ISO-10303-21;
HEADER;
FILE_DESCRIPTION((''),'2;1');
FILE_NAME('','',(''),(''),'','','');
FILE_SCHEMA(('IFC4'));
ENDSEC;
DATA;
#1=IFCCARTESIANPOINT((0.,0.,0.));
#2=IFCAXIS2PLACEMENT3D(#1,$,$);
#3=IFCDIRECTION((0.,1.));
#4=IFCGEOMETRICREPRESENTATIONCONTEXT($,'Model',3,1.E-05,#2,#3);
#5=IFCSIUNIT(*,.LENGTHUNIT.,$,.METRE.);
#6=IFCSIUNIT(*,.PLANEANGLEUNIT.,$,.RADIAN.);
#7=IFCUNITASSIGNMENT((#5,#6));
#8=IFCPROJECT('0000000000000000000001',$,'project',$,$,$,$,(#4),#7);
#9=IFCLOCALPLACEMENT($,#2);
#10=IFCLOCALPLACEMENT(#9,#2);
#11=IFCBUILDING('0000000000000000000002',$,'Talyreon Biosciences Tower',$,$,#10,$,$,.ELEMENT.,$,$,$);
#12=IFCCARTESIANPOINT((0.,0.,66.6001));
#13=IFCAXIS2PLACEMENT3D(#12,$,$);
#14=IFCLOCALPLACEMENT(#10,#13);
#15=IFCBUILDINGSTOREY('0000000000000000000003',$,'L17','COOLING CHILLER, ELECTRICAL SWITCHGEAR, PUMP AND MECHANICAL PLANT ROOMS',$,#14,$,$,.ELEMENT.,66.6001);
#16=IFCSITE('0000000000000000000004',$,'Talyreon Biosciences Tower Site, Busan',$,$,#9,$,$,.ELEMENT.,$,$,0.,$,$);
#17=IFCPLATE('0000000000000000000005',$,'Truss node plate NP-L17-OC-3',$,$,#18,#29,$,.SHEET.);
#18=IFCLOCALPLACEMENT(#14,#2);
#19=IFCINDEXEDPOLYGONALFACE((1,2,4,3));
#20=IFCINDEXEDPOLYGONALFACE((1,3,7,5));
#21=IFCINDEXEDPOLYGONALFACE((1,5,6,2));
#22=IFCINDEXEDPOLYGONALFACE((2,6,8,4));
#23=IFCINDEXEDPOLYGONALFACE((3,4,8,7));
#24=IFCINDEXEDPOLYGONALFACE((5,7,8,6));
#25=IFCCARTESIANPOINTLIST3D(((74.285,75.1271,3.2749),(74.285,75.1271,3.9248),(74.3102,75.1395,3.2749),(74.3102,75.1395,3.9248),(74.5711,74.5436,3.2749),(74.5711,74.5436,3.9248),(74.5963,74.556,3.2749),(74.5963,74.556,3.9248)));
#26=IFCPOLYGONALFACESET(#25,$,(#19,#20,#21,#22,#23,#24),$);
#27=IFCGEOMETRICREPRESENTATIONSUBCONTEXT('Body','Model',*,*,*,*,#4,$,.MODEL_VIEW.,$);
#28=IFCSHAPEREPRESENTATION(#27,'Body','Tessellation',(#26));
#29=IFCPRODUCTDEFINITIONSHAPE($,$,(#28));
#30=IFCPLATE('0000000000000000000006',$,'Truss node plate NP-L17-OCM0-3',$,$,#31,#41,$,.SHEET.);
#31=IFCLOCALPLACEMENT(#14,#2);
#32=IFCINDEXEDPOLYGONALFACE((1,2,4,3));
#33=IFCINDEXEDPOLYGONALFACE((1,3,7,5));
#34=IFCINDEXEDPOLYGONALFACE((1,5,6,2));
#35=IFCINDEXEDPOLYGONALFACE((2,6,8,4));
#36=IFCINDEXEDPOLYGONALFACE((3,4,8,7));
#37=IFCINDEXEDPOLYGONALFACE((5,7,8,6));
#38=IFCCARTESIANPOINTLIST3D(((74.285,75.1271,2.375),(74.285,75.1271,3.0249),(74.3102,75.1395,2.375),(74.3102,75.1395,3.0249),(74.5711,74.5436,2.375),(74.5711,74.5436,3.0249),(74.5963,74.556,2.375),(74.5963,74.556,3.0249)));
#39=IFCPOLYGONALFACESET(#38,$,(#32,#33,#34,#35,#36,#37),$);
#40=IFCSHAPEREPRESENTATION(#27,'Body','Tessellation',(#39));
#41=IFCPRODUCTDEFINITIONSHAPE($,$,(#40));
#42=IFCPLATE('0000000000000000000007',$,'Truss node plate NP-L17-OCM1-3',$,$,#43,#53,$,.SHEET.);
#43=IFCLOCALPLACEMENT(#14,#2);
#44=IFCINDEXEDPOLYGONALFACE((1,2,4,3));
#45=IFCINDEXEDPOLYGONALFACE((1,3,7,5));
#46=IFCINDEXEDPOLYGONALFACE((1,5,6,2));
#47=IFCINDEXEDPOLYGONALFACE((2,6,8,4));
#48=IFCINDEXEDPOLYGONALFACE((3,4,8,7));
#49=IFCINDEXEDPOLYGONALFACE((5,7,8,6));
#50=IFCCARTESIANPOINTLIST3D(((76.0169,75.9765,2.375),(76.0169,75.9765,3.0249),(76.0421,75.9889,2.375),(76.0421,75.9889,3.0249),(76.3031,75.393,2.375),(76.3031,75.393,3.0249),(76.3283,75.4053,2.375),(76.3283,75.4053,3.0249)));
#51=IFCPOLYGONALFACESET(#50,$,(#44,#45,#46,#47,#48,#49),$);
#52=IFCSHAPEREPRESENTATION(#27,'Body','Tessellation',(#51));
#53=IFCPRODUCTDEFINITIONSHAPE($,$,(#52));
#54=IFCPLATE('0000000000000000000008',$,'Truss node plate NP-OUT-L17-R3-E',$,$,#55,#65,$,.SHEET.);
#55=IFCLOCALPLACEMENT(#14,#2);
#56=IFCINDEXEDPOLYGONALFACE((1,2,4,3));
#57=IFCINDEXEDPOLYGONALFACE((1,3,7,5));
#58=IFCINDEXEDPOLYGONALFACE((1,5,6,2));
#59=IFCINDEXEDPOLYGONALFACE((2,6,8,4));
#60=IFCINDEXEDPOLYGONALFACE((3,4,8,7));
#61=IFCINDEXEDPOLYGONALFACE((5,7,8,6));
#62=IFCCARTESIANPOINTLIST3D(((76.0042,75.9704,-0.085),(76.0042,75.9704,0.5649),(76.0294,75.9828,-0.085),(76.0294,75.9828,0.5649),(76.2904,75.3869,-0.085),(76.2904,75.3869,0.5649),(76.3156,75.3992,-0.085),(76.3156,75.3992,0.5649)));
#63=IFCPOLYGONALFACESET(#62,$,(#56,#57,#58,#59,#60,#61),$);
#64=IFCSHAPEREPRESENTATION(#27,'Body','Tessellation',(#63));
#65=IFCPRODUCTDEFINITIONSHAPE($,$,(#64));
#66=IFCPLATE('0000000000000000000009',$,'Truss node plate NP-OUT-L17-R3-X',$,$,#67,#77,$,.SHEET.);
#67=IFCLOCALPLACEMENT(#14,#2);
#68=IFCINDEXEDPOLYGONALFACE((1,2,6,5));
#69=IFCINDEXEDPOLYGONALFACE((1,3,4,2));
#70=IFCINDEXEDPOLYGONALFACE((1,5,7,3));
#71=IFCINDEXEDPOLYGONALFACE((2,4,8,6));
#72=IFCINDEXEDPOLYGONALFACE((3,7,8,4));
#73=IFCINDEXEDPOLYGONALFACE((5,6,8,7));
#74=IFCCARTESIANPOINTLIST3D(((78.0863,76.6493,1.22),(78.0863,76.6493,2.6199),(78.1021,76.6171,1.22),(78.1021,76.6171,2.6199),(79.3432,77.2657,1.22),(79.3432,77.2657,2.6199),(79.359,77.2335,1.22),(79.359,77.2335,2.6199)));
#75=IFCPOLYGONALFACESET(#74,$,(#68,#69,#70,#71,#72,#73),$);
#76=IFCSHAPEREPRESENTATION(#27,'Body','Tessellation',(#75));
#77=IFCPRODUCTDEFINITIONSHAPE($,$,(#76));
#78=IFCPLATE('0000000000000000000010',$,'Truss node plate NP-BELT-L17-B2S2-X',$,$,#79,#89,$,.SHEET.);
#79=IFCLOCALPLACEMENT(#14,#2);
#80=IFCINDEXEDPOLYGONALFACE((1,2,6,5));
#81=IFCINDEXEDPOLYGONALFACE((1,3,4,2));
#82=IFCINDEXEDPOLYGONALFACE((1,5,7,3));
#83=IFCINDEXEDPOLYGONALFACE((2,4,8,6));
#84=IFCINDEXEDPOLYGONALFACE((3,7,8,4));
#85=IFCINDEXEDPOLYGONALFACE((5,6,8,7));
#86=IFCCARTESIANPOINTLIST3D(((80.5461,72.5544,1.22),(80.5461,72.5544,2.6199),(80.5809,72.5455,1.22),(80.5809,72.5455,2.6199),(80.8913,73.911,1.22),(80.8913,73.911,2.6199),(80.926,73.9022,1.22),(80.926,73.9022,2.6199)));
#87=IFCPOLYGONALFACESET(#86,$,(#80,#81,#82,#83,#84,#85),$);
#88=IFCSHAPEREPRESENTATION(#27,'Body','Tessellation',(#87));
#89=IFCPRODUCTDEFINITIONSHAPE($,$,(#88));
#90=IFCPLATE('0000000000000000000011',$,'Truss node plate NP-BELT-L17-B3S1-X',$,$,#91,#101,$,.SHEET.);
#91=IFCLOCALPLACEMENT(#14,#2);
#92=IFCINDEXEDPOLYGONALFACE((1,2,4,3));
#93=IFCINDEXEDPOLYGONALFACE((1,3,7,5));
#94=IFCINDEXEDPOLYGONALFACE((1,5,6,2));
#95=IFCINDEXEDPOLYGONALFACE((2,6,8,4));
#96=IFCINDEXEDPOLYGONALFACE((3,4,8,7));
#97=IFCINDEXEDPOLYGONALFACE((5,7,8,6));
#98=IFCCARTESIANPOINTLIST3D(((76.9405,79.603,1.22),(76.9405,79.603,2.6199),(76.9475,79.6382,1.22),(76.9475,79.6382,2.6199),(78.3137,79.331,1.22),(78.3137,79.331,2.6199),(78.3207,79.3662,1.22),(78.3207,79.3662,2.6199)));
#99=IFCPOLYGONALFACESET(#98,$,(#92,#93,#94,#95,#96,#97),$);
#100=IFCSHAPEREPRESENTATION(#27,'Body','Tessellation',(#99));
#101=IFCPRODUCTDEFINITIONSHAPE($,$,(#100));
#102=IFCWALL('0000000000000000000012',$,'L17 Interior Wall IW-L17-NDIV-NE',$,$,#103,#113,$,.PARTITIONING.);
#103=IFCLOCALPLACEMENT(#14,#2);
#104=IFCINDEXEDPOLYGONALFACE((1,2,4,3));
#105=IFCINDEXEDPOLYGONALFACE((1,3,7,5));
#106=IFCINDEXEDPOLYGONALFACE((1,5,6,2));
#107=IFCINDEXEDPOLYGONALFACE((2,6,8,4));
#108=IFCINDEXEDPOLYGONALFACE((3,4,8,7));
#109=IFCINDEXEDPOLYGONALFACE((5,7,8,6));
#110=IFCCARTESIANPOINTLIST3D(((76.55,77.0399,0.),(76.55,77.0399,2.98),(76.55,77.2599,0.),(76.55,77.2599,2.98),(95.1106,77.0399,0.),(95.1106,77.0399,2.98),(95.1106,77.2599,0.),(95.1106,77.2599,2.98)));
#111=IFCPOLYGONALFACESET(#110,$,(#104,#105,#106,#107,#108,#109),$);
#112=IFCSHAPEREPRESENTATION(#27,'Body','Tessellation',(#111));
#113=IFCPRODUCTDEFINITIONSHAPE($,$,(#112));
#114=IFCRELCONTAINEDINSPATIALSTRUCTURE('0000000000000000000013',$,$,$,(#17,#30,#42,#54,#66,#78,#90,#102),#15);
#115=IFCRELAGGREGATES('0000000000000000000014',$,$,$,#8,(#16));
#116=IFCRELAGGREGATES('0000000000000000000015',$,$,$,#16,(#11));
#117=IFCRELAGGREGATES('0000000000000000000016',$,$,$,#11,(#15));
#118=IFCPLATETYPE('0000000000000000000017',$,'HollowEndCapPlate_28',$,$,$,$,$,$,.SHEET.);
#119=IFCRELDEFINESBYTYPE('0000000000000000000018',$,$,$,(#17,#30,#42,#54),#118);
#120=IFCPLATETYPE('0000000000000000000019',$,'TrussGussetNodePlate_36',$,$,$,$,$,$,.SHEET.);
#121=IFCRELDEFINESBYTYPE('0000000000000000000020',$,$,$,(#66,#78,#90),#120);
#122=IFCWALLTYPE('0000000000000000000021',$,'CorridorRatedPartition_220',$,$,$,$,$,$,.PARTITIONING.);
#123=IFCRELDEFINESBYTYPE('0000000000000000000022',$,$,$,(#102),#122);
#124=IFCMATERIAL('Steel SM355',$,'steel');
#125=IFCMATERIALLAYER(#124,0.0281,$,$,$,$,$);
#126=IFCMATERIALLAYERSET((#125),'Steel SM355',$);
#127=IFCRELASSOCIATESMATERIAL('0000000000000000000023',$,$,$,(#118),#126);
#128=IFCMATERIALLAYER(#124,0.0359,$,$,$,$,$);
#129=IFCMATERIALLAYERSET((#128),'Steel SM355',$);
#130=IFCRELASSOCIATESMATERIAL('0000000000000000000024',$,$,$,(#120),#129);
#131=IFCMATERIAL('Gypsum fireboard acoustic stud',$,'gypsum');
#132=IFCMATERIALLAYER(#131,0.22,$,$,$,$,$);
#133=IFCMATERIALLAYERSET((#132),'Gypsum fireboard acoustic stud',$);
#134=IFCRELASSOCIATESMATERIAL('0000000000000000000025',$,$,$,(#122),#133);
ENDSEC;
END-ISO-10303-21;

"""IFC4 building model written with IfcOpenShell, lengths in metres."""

from ifc_helpers import new_model, si_unit, direction, frame, frame_2d, origin, origin_2d, place, context, subcontext, project, spatial, rectangle, extrude, material, layer, layer_set, type_object, element, save


model = new_model("IFC4")

# Units and contexts
model_context = context("Model", 3, precision=1e-05, world=origin(), true_north=direction((0.0, 1.0)))
body_context = subcontext(model_context, "Body", "Model", "MODEL_VIEW")
ifc_project = project(units=[si_unit("LENGTHUNIT", "METRE"), si_unit("PLANEANGLEUNIT", "RADIAN")], contexts=[model_context])

# Site, building, storey
site_placement = place(None, origin())
site = spatial("IfcSite", under=ifc_project, at=site_placement, Name="Talyreon Biosciences Tower Site, Busan", CompositionType="ELEMENT", RefElevation=0.0)
building_placement = place(site_placement, origin())
building = spatial("IfcBuilding", under=site, at=building_placement, Name="Talyreon Biosciences Tower", CompositionType="ELEMENT")
storey_placement = place(building_placement, frame((0.0, 0.0, 66.6001)))
storey = spatial("IfcBuildingStorey", under=building, at=storey_placement, Name="L17", Description="COOLING CHILLER, ELECTRICAL SWITCHGEAR, PUMP AND MECHANICAL PLANT ROOMS", CompositionType="ELEMENT", Elevation=66.6001)

# Shared definitions
ifc_material_1 = material(Name="Steel SM355", Category="steel")

# Plates
ifc_layer_1 = layer(ifc_material_1, 0.0281)
ifc_layer_set_1 = layer_set([ifc_layer_1], Name="Steel SM355")
plate_type_1 = type_object("IfcPlateType", Name="HollowEndCapPlate_28", PredefinedType="SHEET", material=ifc_layer_set_1)
for number, where, z_axis, x_axis, name in (
    (1, (74.4407, 74.8416, 3.2749), (0.0, 0.0, 1.0), (-0.440284, 0.897859, 0.0), "Truss node plate NP-L17-OC-3"),
    (2, (74.4407, 74.8416, 2.375), (0.0, 0.0, 1.0), (-0.440284, 0.897859, 0.0), "Truss node plate NP-L17-OCM0-3"),
    (3, (76.1726, 75.6909, 2.375), (0.0, 0.0, 1.0), (-0.440284, 0.897859, 0.0), "Truss node plate NP-L17-OCM1-3"),
    (4, (76.1599, 75.6848, -0.085), (0.0, 0.0, 1.0), (-0.440284, 0.897859, 0.0), "Truss node plate NP-OUT-L17-R3-E"),
):
    element("IfcPlate", number, at=place(storey_placement, frame(where, z_axis=z_axis, x_axis=x_axis)), inside=storey, type_object=plate_type_1, Name=name, PredefinedType="SHEET", context=body_context, shape_type="SweptSolid", body=[
        extrude(rectangle(XDim=0.6499, YDim=0.0281, at=origin_2d()), origin(), (0.0, 0.0, 1.0), 0.6499),
    ])
ifc_layer_2 = layer(ifc_material_1, 0.0359)
ifc_layer_set_2 = layer_set([ifc_layer_2], Name="Steel SM355")
plate_type_2 = type_object("IfcPlateType", Name="TrussGussetNodePlate_36", PredefinedType="SHEET", material=ifc_layer_set_2)
for number, where, z_axis, x_axis, name in (
    (5, (78.7227, 76.9414, 1.22), (0.0, 0.0, 1.0), (0.897859, 0.440284, 0.0), "Truss node plate NP-OUT-L17-R3-X"),
    (6, (80.7361, 73.2283, 1.22), (0.0, 0.0, 1.0), (0.246542, 0.969132, 0.0), "Truss node plate NP-BELT-L17-B2S2-X"),
    (7, (77.6306, 79.4846, 1.22), (0.0, 0.0, 1.0), (-0.980935, 0.194337, 0.0), "Truss node plate NP-BELT-L17-B3S1-X"),
):
    element("IfcPlate", number, at=place(storey_placement, frame(where, z_axis=z_axis, x_axis=x_axis)), inside=storey, type_object=plate_type_2, Name=name, PredefinedType="SHEET", context=body_context, shape_type="SweptSolid", body=[
        extrude(rectangle(XDim=1.3999, YDim=0.0359, at=origin_2d()), origin(), (0.0, 0.0, 1.0), 1.3999),
    ])

# Wall
ifc_material_2 = material(Name="Gypsum fireboard acoustic stud", Category="gypsum")
ifc_layer_3 = layer(ifc_material_2, 0.22)
ifc_layer_set_3 = layer_set([ifc_layer_3], Name="Gypsum fireboard acoustic stud")
wall_type = type_object("IfcWallType", Name="CorridorRatedPartition_220", PredefinedType="PARTITIONING", material=ifc_layer_set_3)
wall_placement = place(storey_placement, frame((76.55, 77.1499, 0.0), z_axis=(0.0, 0.0, 1.0), x_axis=(1.0, 0.0, 0.0)))
element("IfcWall", 8, at=wall_placement, inside=storey, type_object=wall_type, Name="L17 Interior Wall IW-L17-NDIV-NE", PredefinedType="PARTITIONING", context=body_context, shape_type="SweptSolid", body=[
    extrude(rectangle(XDim=18.5605, YDim=0.22, at=frame_2d((9.2803, 0.0))), origin(), (0.0, 0.0, 1.0), 2.98),
])

save(model, "model.ifc")
